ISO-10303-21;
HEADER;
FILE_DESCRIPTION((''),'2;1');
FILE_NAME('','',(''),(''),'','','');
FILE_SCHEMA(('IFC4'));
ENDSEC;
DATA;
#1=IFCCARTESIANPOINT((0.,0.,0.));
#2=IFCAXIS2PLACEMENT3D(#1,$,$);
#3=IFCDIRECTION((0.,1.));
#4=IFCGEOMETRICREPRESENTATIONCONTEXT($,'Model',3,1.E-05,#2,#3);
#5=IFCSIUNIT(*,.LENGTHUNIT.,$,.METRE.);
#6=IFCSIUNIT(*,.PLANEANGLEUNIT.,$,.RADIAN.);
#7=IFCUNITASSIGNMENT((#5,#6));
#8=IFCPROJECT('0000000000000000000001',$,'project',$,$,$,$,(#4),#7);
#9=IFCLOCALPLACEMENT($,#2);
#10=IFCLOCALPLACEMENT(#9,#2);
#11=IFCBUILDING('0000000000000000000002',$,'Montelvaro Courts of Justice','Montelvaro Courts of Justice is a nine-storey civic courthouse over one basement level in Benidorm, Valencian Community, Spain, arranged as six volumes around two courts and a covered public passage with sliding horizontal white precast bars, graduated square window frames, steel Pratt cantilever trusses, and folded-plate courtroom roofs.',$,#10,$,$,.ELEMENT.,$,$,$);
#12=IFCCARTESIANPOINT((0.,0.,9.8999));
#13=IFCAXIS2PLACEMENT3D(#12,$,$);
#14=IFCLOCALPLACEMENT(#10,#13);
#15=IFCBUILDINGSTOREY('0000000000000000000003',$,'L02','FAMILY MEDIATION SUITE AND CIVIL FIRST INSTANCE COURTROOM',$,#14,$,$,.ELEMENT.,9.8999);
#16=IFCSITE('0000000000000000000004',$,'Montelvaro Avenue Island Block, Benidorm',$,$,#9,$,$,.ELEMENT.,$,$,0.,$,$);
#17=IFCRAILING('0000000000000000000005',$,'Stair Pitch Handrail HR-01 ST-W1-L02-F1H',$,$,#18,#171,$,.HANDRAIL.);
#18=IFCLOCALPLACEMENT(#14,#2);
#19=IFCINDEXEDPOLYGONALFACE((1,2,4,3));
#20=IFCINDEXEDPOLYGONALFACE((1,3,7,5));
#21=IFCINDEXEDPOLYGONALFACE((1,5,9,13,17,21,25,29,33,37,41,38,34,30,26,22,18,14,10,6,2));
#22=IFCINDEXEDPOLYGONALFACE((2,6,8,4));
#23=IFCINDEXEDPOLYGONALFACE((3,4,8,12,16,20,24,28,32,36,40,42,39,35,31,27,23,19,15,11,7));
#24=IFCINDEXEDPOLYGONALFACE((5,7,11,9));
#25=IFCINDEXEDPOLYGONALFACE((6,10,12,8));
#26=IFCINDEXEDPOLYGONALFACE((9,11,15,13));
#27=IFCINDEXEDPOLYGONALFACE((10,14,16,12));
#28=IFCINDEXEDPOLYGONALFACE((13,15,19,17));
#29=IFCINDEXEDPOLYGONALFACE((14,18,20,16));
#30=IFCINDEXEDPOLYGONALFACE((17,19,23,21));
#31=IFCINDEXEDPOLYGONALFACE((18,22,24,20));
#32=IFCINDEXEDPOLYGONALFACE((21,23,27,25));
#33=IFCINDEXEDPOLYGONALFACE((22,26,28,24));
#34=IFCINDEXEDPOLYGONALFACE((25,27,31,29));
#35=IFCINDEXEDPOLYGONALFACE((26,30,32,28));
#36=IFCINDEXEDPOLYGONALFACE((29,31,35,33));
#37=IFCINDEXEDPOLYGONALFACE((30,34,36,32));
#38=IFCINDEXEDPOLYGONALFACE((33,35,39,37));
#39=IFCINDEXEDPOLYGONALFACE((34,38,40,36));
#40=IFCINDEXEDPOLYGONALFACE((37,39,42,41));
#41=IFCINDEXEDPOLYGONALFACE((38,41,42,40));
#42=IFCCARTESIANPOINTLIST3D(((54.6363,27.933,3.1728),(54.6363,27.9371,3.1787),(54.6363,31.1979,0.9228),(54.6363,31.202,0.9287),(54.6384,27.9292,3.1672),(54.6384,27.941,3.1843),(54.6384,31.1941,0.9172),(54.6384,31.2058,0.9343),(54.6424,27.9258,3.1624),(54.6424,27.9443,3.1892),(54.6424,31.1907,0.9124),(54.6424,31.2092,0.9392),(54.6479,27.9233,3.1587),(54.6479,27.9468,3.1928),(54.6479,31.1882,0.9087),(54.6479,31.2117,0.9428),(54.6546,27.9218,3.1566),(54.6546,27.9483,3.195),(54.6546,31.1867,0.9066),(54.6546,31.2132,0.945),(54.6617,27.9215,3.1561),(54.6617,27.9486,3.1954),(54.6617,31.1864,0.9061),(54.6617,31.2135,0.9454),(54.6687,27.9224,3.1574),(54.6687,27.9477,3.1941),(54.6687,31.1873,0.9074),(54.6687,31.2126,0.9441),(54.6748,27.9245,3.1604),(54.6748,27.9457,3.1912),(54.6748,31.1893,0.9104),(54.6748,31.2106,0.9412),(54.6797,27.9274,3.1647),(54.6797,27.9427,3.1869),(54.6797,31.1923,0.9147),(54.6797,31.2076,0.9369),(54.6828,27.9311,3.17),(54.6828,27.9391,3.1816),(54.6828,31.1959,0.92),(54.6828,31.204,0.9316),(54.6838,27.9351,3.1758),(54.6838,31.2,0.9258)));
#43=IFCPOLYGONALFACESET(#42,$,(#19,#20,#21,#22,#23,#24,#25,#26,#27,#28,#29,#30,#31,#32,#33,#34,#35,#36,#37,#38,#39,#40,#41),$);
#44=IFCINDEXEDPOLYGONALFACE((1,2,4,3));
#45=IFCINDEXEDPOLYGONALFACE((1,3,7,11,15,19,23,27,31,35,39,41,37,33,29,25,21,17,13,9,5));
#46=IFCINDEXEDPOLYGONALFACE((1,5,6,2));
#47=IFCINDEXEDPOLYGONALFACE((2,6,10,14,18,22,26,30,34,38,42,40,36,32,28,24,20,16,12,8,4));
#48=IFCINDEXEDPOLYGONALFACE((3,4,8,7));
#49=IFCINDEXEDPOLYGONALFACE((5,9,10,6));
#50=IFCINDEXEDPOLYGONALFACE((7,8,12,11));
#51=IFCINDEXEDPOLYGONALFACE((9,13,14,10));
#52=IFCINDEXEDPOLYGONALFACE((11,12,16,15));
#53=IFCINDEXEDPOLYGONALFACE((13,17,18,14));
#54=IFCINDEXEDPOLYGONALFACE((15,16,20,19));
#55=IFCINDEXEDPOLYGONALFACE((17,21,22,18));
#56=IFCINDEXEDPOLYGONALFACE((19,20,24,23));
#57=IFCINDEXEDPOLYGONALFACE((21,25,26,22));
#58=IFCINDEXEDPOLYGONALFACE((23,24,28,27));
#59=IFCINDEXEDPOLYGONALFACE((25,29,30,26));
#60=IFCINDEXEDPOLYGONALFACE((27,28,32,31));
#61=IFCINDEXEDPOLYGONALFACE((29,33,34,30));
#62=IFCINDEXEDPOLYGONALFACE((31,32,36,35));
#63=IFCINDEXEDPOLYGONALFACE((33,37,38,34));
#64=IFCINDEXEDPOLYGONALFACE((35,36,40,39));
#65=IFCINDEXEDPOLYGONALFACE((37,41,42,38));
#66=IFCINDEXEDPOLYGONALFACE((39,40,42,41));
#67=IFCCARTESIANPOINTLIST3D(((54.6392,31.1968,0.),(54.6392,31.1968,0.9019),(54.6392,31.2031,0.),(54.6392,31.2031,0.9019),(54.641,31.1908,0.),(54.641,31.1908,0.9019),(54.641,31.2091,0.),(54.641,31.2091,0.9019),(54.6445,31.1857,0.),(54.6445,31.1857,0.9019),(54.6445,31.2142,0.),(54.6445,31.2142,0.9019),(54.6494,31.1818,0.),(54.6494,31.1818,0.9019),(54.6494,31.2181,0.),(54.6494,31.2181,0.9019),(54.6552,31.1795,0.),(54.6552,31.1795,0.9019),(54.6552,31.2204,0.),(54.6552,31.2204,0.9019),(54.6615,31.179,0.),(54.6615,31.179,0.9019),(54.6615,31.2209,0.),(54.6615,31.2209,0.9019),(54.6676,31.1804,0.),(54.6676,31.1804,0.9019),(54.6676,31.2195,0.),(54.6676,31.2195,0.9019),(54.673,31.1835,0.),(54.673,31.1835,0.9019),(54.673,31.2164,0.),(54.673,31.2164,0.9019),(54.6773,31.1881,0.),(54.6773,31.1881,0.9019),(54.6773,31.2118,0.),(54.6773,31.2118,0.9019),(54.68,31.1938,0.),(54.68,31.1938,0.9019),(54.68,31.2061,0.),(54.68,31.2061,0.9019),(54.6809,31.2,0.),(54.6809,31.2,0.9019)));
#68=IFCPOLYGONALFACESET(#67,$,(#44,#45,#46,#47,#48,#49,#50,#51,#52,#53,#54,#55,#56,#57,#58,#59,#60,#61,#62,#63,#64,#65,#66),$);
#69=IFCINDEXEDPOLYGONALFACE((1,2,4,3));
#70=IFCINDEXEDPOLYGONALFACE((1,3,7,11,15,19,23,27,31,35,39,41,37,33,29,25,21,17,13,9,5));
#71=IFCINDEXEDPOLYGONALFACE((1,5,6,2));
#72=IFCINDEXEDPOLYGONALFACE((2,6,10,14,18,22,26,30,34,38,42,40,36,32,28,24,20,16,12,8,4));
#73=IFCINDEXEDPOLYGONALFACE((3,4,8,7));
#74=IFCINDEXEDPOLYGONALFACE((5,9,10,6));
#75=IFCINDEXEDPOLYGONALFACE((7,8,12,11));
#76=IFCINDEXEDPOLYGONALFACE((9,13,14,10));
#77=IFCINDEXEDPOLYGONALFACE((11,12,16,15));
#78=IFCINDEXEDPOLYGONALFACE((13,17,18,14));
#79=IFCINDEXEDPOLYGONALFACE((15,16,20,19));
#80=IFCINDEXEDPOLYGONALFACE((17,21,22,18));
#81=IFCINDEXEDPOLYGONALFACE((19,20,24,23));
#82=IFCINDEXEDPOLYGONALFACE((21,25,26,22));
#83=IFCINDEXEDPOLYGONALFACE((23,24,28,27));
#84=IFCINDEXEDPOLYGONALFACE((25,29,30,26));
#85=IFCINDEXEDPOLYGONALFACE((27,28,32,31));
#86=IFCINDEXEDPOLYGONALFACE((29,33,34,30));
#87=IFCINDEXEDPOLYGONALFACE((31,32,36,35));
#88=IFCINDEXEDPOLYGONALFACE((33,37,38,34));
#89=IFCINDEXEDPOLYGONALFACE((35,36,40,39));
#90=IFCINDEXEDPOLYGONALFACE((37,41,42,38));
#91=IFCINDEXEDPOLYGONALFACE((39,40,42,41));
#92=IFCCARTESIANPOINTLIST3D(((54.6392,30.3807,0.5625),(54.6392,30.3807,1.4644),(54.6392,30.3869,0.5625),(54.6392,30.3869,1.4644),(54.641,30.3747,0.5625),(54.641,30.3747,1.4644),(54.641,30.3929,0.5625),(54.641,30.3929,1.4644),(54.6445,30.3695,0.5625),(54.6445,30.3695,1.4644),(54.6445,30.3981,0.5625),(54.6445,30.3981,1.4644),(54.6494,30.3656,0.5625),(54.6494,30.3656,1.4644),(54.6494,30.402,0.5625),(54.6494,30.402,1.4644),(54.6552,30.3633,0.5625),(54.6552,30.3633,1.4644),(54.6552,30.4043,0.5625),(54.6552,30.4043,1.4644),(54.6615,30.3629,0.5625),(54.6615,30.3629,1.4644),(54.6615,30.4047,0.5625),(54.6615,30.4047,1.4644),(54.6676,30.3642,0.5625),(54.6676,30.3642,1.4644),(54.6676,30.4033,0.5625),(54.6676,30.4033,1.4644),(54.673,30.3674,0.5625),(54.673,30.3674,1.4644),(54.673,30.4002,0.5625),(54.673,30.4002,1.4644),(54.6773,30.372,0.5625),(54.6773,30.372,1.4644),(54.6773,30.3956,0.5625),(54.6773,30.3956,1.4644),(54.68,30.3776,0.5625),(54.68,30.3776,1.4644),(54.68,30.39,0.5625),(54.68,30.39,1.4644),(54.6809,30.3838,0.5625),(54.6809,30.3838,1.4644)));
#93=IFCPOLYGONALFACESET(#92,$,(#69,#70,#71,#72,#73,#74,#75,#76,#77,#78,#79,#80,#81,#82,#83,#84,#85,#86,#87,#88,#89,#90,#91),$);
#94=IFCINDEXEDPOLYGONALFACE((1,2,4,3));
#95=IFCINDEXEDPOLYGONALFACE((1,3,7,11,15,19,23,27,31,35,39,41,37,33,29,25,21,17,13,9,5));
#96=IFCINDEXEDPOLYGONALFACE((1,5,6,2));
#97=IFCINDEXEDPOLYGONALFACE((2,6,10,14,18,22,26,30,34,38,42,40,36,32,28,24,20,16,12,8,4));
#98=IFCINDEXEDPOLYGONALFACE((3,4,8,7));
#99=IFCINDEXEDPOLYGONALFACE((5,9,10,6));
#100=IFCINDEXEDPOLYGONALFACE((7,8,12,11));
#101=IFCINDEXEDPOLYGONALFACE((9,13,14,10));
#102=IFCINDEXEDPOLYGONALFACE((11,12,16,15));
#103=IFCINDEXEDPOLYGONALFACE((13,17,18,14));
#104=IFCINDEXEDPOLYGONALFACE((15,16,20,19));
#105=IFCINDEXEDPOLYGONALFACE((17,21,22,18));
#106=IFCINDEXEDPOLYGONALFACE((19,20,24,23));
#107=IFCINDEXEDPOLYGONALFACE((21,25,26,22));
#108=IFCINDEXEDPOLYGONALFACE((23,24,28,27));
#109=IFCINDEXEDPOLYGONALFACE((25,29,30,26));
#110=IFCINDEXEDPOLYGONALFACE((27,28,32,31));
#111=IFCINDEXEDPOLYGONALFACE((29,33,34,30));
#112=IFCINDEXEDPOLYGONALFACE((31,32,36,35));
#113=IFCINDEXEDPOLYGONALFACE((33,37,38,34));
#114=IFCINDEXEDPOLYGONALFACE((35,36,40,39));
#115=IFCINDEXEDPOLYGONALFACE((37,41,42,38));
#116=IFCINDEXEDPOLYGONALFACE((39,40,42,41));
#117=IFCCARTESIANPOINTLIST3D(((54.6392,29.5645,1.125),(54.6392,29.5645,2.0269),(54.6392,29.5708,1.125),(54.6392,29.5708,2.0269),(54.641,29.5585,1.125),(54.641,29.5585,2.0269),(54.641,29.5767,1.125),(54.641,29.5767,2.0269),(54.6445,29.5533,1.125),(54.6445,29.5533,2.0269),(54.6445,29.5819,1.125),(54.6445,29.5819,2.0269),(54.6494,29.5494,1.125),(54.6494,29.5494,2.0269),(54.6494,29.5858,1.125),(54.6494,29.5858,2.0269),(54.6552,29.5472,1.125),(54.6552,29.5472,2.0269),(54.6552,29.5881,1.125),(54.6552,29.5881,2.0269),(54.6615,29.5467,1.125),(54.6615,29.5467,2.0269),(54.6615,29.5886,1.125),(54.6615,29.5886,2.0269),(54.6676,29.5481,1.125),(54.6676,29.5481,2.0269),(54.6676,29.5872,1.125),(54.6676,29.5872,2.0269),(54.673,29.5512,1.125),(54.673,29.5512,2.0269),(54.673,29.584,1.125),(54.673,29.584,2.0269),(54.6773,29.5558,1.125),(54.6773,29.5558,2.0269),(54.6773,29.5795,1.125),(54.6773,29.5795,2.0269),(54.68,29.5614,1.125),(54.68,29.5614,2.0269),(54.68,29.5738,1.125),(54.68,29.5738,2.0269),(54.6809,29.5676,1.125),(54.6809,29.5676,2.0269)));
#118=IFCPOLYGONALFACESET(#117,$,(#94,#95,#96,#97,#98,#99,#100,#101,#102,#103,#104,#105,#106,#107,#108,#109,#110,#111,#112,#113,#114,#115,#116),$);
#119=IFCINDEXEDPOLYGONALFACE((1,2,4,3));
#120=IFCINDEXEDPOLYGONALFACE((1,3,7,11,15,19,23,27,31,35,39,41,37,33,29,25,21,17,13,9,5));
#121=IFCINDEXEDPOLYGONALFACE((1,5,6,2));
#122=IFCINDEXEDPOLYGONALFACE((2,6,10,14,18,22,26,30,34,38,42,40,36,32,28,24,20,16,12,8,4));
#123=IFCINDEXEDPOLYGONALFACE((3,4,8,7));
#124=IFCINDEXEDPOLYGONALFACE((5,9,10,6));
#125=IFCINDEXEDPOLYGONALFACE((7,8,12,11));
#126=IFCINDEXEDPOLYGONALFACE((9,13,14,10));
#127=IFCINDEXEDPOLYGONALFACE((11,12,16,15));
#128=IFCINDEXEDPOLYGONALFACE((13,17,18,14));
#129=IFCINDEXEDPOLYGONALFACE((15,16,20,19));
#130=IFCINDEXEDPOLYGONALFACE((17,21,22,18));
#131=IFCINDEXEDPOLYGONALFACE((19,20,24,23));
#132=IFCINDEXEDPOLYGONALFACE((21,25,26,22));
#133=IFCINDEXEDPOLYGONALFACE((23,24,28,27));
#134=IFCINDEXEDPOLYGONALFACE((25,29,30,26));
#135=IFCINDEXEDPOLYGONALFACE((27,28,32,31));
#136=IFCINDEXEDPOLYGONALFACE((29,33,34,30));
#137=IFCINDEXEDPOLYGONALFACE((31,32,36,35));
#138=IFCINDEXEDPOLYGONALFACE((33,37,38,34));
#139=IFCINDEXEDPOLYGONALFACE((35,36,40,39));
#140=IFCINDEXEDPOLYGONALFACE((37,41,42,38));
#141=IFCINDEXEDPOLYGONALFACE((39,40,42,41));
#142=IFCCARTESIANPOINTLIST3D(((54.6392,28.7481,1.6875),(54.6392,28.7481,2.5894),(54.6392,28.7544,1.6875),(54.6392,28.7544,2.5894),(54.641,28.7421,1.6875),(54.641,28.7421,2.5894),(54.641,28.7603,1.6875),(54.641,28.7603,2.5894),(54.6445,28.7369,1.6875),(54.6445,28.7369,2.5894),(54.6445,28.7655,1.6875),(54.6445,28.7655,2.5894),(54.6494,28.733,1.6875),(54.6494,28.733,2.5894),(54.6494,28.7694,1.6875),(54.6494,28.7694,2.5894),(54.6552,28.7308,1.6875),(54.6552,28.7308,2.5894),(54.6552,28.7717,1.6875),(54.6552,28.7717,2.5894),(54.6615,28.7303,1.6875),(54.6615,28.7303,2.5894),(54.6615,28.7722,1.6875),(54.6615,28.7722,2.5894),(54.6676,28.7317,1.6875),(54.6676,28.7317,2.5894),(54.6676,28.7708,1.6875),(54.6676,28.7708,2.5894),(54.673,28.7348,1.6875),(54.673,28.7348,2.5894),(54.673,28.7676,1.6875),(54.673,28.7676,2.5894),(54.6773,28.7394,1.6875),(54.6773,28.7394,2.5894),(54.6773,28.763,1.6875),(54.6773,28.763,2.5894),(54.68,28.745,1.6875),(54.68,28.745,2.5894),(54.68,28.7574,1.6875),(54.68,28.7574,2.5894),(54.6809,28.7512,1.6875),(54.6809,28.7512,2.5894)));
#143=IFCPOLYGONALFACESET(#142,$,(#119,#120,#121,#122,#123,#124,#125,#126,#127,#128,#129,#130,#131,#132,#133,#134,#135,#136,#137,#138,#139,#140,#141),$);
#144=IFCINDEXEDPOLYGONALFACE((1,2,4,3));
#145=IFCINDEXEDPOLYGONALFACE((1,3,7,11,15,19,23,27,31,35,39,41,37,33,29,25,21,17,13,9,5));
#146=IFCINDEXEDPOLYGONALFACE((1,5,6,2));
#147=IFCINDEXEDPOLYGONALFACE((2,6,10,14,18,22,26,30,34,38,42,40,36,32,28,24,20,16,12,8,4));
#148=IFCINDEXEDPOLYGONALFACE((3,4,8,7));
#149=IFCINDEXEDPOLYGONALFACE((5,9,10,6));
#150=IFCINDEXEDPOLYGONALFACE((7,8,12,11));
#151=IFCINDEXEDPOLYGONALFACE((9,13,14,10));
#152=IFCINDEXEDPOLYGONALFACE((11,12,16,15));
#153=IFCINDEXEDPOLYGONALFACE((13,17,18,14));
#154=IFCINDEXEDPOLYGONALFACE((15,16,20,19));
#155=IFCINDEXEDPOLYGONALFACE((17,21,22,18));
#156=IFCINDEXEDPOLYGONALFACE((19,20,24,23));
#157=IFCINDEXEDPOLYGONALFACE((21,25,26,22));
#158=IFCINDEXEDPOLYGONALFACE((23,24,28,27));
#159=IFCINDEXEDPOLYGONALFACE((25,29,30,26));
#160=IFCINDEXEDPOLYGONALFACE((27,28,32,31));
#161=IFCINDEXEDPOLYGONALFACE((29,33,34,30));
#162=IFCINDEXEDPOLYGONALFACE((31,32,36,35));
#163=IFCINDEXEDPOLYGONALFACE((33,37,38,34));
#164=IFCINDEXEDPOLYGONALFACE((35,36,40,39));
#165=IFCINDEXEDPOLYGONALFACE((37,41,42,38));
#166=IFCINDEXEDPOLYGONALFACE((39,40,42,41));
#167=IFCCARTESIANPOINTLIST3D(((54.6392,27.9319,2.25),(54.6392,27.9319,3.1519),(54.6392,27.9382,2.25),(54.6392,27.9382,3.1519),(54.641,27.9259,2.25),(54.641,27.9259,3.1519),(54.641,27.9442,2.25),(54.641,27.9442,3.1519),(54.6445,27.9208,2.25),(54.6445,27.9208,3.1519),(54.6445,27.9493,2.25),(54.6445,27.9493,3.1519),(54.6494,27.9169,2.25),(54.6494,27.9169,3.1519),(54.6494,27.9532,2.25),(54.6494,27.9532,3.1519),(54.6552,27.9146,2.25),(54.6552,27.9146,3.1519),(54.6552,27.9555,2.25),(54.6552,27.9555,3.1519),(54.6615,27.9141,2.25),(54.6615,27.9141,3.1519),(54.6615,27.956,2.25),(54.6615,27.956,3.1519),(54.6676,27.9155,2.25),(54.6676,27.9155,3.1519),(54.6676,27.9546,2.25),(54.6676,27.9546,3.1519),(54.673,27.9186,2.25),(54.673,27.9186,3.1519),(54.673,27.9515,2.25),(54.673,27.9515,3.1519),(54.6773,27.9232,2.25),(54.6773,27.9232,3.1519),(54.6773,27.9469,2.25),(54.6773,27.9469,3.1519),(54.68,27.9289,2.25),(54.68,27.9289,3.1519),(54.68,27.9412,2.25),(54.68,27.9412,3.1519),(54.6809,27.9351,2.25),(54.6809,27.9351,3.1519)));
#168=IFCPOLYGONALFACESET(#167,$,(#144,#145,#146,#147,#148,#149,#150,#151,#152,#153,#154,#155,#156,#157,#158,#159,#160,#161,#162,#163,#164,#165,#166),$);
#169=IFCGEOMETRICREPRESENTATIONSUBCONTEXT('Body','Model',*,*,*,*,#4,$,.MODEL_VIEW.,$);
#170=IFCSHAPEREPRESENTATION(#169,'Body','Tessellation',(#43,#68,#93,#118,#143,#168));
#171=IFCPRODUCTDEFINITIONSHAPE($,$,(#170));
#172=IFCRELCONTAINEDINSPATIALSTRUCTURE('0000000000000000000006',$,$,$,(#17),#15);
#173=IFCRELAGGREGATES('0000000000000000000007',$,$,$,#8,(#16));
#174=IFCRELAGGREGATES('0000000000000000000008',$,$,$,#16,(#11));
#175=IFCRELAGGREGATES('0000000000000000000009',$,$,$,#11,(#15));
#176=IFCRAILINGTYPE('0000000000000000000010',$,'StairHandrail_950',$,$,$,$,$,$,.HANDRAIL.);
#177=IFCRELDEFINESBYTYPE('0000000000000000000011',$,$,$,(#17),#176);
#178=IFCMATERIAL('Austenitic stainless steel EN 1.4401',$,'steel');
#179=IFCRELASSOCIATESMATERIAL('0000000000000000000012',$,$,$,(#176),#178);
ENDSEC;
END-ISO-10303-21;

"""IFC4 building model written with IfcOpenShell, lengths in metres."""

from ifc_helpers import new_model, si_unit, direction, frame, origin, origin_2d, place, context, subcontext, project, spatial, circle, extrude, material, type_object, element, save


model = new_model("IFC4")

# Units and contexts
model_context = context("Model", 3, precision=1e-05, world=origin(), true_north=direction((0.0, 1.0)))
body_context = subcontext(model_context, "Body", "Model", "MODEL_VIEW")
ifc_project = project(units=[si_unit("LENGTHUNIT", "METRE"), si_unit("PLANEANGLEUNIT", "RADIAN")], contexts=[model_context])

# Site, building, storey
site_placement = place(None, origin())
site = spatial("IfcSite", under=ifc_project, at=site_placement, Name="Montelvaro Avenue Island Block, Benidorm", CompositionType="ELEMENT", RefElevation=0.0)
building_placement = place(site_placement, origin())
building = spatial("IfcBuilding", under=site, at=building_placement, Name="Montelvaro Courts of Justice", Description="Montelvaro Courts of Justice is a nine-storey civic courthouse over one basement level in Benidorm, Valencian Community, Spain, arranged as six volumes around two courts and a covered public passage with sliding horizontal white precast bars, graduated square window frames, steel Pratt cantilever trusses, and folded-plate courtroom roofs.", CompositionType="ELEMENT")
storey_placement = place(building_placement, frame((0.0, 0.0, 9.8999)))
storey = spatial("IfcBuildingStorey", under=building, at=storey_placement, Name="L02", Description="FAMILY MEDIATION SUITE AND CIVIL FIRST INSTANCE COURTROOM", CompositionType="ELEMENT", Elevation=9.8999)

# Railing
ifc_material_1 = material(Name="Austenitic stainless steel EN 1.4401", Category="steel")
railing_type_1 = type_object("IfcRailingType", Name="StairHandrail_950", PredefinedType="HANDRAIL", material=ifc_material_1)
railing_1_placement = place(storey_placement, frame((54.6599, 31.2, 0.0)))
element("IfcRailing", 1, at=railing_1_placement, inside=storey, type_object=railing_type_1, Name="Stair Pitch Handrail HR-01 ST-W1-L02-F1H", PredefinedType="HANDRAIL", context=body_context, shape_type="SweptSolid", body=[
    extrude(circle(Radius=0.0239, at=origin_2d()), frame((0.0, 0.0, 0.9258), z_axis=(0.0, -0.823407, 0.567451), x_axis=(1.0, 0.0, 0.0)), (0.0, 0.0, 1.0), 3.9651),
    extrude(circle(Radius=0.021, at=origin_2d()), origin(), (0.0, 0.0, 1.0), 0.9019),
    extrude(circle(Radius=0.021, at=origin_2d()), frame((0.0, -0.8162, 0.5625)), (0.0, 0.0, 1.0), 0.9019),
    extrude(circle(Radius=0.021, at=origin_2d()), frame((0.0, -1.6323, 1.125)), (0.0, 0.0, 1.0), 0.9019),
    extrude(circle(Radius=0.021, at=origin_2d()), frame((0.0, -2.4487, 1.6875)), (0.0, 0.0, 1.0), 0.9019),
    extrude(circle(Radius=0.021, at=origin_2d()), frame((0.0, -3.2649, 2.25)), (0.0, 0.0, 1.0), 0.9019),
])

save(model, "model.ifc")
